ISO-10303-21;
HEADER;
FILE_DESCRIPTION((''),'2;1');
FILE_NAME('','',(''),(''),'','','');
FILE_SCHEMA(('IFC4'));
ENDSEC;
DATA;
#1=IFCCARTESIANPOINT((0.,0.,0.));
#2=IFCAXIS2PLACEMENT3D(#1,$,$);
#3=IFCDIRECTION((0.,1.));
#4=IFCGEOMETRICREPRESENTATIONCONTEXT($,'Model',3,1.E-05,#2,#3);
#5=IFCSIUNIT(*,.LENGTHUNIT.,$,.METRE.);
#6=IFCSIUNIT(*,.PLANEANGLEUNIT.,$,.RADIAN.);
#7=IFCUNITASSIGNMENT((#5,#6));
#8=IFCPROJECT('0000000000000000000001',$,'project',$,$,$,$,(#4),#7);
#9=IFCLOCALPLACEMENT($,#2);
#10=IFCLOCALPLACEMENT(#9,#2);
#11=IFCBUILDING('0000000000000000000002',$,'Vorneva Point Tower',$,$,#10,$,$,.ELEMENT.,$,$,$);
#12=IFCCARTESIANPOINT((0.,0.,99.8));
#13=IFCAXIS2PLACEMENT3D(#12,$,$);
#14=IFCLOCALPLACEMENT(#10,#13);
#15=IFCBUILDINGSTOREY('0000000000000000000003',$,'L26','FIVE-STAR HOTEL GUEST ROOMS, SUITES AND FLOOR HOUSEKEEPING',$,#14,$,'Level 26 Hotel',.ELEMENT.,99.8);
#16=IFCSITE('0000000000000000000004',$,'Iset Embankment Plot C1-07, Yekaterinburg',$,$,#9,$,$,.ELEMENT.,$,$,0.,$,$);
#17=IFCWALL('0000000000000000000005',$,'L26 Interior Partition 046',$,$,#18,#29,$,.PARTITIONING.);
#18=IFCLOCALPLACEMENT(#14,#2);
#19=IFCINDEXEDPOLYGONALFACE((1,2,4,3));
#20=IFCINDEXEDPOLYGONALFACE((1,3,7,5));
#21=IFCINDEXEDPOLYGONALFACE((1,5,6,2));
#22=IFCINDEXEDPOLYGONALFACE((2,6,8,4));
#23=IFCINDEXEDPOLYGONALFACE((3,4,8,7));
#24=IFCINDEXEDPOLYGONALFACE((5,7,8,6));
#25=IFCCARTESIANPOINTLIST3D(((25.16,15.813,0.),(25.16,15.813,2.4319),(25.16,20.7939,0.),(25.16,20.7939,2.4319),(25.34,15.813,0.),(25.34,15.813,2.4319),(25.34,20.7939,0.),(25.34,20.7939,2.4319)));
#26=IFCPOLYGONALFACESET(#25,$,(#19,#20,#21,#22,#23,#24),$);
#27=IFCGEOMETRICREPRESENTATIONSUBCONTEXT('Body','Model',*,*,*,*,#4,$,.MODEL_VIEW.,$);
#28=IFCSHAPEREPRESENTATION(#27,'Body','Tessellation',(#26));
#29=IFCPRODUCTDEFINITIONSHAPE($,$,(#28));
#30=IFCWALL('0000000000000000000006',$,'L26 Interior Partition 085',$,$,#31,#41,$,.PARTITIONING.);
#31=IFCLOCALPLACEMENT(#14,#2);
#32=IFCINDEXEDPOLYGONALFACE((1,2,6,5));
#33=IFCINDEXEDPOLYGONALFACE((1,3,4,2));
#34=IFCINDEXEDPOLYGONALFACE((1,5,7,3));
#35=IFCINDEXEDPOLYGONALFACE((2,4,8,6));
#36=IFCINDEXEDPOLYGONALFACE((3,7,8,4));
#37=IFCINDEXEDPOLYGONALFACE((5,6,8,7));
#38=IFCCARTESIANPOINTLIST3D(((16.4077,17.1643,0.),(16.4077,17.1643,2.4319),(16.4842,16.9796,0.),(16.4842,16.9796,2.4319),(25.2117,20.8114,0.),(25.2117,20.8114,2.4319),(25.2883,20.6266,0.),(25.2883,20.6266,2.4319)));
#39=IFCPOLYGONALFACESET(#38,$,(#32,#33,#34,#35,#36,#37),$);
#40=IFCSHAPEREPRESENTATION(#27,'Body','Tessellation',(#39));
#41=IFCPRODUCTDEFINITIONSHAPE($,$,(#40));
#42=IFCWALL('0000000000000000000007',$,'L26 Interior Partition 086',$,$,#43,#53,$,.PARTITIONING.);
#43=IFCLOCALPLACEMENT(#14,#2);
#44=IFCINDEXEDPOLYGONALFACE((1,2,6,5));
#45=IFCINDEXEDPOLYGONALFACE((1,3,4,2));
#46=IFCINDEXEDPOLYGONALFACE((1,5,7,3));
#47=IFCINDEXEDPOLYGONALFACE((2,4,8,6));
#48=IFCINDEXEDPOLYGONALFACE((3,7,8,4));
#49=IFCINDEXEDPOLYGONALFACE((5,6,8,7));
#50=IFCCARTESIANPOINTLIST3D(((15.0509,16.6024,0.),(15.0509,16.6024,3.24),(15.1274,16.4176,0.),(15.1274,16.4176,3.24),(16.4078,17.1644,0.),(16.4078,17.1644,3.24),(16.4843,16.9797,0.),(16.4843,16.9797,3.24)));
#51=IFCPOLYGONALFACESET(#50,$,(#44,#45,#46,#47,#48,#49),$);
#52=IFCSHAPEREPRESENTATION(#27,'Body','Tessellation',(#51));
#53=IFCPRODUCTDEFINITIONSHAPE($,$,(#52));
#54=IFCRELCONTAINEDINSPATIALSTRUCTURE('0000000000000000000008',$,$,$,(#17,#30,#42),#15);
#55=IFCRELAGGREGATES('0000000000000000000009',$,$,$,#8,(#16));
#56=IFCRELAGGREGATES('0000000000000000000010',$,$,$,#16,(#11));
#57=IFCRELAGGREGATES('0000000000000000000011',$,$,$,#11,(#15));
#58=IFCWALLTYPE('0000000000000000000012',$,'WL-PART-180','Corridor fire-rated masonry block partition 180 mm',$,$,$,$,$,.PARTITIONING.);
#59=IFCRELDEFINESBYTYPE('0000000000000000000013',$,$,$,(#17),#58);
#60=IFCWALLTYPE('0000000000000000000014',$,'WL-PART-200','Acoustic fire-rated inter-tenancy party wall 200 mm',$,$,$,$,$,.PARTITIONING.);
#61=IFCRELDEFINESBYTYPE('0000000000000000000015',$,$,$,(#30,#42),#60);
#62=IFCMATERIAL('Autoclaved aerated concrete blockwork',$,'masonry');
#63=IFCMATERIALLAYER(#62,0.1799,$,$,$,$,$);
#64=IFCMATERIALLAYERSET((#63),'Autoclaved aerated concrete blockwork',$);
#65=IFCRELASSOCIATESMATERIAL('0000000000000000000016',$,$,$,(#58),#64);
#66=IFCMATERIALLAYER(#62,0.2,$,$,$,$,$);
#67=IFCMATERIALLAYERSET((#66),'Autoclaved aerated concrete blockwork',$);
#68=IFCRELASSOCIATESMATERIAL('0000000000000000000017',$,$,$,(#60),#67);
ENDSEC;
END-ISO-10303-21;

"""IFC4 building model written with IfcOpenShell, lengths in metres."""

from ifc_helpers import new_model, si_unit, direction, frame, frame_2d, origin, place, context, subcontext, project, spatial, rectangle, extrude, material, layer, layer_set, type_object, element, save


model = new_model("IFC4")

# Units and contexts
model_context = context("Model", 3, precision=1e-05, world=origin(), true_north=direction((0.0, 1.0)))
body_context = subcontext(model_context, "Body", "Model", "MODEL_VIEW")
ifc_project = project(units=[si_unit("LENGTHUNIT", "METRE"), si_unit("PLANEANGLEUNIT", "RADIAN")], contexts=[model_context])

# Site, building, storey
site_placement = place(None, origin())
site = spatial("IfcSite", under=ifc_project, at=site_placement, Name="Iset Embankment Plot C1-07, Yekaterinburg", CompositionType="ELEMENT", RefElevation=0.0)
building_placement = place(site_placement, origin())
building = spatial("IfcBuilding", under=site, at=building_placement, Name="Vorneva Point Tower", CompositionType="ELEMENT")
storey_placement = place(building_placement, frame((0.0, 0.0, 99.8)))
storey = spatial("IfcBuildingStorey", under=building, at=storey_placement, Name="L26", Description="FIVE-STAR HOTEL GUEST ROOMS, SUITES AND FLOOR HOUSEKEEPING", LongName="Level 26 Hotel", CompositionType="ELEMENT", Elevation=99.8)

# Walls
ifc_material_1 = material(Name="Autoclaved aerated concrete blockwork", Category="masonry")
ifc_layer_1 = layer(ifc_material_1, 0.1799)
ifc_layer_set_1 = layer_set([ifc_layer_1], Name="Autoclaved aerated concrete blockwork")
wall_type_1 = type_object("IfcWallType", Name="WL-PART-180", Description="Corridor fire-rated masonry block partition 180 mm", PredefinedType="PARTITIONING", material=ifc_layer_set_1)
wall_1_placement = place(storey_placement, frame((25.25, 20.7939, 0.0), z_axis=(0.0, 0.0, 1.0), x_axis=(0.0, -1.0, 0.0)))
element("IfcWall", 1, at=wall_1_placement, inside=storey, type_object=wall_type_1, Name="L26 Interior Partition 046", PredefinedType="PARTITIONING", context=body_context, shape_type="SweptSolid", body=[
    extrude(rectangle(XDim=4.981, YDim=0.1799, at=frame_2d((2.4905, 0.0))), origin(), (0.0, 0.0, 1.0), 2.4319),
])
ifc_layer_2 = layer(ifc_material_1, 0.2)
ifc_layer_set_2 = layer_set([ifc_layer_2], Name="Autoclaved aerated concrete blockwork")
wall_type_2 = type_object("IfcWallType", Name="WL-PART-200", Description="Acoustic fire-rated inter-tenancy party wall 200 mm", PredefinedType="PARTITIONING", material=ifc_layer_set_2)
wall_2_placement = place(storey_placement, frame((16.446, 17.072, 0.0), z_axis=(0.0, 0.0, 1.0), x_axis=(0.92387, 0.382706, 0.0)))
element("IfcWall", 2, at=wall_2_placement, inside=storey, type_object=wall_type_2, Name="L26 Interior Partition 085", PredefinedType="PARTITIONING", context=body_context, shape_type="SweptSolid", body=[
    extrude(rectangle(XDim=9.5295, YDim=0.2, at=frame_2d((4.7646, 0.0))), origin(), (0.0, 0.0, 1.0), 2.4319),
])
wall_3_placement = place(storey_placement, frame((15.0891, 16.51, 0.0), z_axis=(0.0, 0.0, 1.0), x_axis=(0.923891, 0.382655, 0.0)))
element("IfcWall", 3, at=wall_3_placement, inside=storey, type_object=wall_type_2, Name="L26 Interior Partition 086", PredefinedType="PARTITIONING", context=body_context, shape_type="SweptSolid", body=[
    extrude(rectangle(XDim=1.4688, YDim=0.2, at=frame_2d((0.7344, 0.0))), origin(), (0.0, 0.0, 1.0), 3.24),
])

save(model, "model.ifc")
